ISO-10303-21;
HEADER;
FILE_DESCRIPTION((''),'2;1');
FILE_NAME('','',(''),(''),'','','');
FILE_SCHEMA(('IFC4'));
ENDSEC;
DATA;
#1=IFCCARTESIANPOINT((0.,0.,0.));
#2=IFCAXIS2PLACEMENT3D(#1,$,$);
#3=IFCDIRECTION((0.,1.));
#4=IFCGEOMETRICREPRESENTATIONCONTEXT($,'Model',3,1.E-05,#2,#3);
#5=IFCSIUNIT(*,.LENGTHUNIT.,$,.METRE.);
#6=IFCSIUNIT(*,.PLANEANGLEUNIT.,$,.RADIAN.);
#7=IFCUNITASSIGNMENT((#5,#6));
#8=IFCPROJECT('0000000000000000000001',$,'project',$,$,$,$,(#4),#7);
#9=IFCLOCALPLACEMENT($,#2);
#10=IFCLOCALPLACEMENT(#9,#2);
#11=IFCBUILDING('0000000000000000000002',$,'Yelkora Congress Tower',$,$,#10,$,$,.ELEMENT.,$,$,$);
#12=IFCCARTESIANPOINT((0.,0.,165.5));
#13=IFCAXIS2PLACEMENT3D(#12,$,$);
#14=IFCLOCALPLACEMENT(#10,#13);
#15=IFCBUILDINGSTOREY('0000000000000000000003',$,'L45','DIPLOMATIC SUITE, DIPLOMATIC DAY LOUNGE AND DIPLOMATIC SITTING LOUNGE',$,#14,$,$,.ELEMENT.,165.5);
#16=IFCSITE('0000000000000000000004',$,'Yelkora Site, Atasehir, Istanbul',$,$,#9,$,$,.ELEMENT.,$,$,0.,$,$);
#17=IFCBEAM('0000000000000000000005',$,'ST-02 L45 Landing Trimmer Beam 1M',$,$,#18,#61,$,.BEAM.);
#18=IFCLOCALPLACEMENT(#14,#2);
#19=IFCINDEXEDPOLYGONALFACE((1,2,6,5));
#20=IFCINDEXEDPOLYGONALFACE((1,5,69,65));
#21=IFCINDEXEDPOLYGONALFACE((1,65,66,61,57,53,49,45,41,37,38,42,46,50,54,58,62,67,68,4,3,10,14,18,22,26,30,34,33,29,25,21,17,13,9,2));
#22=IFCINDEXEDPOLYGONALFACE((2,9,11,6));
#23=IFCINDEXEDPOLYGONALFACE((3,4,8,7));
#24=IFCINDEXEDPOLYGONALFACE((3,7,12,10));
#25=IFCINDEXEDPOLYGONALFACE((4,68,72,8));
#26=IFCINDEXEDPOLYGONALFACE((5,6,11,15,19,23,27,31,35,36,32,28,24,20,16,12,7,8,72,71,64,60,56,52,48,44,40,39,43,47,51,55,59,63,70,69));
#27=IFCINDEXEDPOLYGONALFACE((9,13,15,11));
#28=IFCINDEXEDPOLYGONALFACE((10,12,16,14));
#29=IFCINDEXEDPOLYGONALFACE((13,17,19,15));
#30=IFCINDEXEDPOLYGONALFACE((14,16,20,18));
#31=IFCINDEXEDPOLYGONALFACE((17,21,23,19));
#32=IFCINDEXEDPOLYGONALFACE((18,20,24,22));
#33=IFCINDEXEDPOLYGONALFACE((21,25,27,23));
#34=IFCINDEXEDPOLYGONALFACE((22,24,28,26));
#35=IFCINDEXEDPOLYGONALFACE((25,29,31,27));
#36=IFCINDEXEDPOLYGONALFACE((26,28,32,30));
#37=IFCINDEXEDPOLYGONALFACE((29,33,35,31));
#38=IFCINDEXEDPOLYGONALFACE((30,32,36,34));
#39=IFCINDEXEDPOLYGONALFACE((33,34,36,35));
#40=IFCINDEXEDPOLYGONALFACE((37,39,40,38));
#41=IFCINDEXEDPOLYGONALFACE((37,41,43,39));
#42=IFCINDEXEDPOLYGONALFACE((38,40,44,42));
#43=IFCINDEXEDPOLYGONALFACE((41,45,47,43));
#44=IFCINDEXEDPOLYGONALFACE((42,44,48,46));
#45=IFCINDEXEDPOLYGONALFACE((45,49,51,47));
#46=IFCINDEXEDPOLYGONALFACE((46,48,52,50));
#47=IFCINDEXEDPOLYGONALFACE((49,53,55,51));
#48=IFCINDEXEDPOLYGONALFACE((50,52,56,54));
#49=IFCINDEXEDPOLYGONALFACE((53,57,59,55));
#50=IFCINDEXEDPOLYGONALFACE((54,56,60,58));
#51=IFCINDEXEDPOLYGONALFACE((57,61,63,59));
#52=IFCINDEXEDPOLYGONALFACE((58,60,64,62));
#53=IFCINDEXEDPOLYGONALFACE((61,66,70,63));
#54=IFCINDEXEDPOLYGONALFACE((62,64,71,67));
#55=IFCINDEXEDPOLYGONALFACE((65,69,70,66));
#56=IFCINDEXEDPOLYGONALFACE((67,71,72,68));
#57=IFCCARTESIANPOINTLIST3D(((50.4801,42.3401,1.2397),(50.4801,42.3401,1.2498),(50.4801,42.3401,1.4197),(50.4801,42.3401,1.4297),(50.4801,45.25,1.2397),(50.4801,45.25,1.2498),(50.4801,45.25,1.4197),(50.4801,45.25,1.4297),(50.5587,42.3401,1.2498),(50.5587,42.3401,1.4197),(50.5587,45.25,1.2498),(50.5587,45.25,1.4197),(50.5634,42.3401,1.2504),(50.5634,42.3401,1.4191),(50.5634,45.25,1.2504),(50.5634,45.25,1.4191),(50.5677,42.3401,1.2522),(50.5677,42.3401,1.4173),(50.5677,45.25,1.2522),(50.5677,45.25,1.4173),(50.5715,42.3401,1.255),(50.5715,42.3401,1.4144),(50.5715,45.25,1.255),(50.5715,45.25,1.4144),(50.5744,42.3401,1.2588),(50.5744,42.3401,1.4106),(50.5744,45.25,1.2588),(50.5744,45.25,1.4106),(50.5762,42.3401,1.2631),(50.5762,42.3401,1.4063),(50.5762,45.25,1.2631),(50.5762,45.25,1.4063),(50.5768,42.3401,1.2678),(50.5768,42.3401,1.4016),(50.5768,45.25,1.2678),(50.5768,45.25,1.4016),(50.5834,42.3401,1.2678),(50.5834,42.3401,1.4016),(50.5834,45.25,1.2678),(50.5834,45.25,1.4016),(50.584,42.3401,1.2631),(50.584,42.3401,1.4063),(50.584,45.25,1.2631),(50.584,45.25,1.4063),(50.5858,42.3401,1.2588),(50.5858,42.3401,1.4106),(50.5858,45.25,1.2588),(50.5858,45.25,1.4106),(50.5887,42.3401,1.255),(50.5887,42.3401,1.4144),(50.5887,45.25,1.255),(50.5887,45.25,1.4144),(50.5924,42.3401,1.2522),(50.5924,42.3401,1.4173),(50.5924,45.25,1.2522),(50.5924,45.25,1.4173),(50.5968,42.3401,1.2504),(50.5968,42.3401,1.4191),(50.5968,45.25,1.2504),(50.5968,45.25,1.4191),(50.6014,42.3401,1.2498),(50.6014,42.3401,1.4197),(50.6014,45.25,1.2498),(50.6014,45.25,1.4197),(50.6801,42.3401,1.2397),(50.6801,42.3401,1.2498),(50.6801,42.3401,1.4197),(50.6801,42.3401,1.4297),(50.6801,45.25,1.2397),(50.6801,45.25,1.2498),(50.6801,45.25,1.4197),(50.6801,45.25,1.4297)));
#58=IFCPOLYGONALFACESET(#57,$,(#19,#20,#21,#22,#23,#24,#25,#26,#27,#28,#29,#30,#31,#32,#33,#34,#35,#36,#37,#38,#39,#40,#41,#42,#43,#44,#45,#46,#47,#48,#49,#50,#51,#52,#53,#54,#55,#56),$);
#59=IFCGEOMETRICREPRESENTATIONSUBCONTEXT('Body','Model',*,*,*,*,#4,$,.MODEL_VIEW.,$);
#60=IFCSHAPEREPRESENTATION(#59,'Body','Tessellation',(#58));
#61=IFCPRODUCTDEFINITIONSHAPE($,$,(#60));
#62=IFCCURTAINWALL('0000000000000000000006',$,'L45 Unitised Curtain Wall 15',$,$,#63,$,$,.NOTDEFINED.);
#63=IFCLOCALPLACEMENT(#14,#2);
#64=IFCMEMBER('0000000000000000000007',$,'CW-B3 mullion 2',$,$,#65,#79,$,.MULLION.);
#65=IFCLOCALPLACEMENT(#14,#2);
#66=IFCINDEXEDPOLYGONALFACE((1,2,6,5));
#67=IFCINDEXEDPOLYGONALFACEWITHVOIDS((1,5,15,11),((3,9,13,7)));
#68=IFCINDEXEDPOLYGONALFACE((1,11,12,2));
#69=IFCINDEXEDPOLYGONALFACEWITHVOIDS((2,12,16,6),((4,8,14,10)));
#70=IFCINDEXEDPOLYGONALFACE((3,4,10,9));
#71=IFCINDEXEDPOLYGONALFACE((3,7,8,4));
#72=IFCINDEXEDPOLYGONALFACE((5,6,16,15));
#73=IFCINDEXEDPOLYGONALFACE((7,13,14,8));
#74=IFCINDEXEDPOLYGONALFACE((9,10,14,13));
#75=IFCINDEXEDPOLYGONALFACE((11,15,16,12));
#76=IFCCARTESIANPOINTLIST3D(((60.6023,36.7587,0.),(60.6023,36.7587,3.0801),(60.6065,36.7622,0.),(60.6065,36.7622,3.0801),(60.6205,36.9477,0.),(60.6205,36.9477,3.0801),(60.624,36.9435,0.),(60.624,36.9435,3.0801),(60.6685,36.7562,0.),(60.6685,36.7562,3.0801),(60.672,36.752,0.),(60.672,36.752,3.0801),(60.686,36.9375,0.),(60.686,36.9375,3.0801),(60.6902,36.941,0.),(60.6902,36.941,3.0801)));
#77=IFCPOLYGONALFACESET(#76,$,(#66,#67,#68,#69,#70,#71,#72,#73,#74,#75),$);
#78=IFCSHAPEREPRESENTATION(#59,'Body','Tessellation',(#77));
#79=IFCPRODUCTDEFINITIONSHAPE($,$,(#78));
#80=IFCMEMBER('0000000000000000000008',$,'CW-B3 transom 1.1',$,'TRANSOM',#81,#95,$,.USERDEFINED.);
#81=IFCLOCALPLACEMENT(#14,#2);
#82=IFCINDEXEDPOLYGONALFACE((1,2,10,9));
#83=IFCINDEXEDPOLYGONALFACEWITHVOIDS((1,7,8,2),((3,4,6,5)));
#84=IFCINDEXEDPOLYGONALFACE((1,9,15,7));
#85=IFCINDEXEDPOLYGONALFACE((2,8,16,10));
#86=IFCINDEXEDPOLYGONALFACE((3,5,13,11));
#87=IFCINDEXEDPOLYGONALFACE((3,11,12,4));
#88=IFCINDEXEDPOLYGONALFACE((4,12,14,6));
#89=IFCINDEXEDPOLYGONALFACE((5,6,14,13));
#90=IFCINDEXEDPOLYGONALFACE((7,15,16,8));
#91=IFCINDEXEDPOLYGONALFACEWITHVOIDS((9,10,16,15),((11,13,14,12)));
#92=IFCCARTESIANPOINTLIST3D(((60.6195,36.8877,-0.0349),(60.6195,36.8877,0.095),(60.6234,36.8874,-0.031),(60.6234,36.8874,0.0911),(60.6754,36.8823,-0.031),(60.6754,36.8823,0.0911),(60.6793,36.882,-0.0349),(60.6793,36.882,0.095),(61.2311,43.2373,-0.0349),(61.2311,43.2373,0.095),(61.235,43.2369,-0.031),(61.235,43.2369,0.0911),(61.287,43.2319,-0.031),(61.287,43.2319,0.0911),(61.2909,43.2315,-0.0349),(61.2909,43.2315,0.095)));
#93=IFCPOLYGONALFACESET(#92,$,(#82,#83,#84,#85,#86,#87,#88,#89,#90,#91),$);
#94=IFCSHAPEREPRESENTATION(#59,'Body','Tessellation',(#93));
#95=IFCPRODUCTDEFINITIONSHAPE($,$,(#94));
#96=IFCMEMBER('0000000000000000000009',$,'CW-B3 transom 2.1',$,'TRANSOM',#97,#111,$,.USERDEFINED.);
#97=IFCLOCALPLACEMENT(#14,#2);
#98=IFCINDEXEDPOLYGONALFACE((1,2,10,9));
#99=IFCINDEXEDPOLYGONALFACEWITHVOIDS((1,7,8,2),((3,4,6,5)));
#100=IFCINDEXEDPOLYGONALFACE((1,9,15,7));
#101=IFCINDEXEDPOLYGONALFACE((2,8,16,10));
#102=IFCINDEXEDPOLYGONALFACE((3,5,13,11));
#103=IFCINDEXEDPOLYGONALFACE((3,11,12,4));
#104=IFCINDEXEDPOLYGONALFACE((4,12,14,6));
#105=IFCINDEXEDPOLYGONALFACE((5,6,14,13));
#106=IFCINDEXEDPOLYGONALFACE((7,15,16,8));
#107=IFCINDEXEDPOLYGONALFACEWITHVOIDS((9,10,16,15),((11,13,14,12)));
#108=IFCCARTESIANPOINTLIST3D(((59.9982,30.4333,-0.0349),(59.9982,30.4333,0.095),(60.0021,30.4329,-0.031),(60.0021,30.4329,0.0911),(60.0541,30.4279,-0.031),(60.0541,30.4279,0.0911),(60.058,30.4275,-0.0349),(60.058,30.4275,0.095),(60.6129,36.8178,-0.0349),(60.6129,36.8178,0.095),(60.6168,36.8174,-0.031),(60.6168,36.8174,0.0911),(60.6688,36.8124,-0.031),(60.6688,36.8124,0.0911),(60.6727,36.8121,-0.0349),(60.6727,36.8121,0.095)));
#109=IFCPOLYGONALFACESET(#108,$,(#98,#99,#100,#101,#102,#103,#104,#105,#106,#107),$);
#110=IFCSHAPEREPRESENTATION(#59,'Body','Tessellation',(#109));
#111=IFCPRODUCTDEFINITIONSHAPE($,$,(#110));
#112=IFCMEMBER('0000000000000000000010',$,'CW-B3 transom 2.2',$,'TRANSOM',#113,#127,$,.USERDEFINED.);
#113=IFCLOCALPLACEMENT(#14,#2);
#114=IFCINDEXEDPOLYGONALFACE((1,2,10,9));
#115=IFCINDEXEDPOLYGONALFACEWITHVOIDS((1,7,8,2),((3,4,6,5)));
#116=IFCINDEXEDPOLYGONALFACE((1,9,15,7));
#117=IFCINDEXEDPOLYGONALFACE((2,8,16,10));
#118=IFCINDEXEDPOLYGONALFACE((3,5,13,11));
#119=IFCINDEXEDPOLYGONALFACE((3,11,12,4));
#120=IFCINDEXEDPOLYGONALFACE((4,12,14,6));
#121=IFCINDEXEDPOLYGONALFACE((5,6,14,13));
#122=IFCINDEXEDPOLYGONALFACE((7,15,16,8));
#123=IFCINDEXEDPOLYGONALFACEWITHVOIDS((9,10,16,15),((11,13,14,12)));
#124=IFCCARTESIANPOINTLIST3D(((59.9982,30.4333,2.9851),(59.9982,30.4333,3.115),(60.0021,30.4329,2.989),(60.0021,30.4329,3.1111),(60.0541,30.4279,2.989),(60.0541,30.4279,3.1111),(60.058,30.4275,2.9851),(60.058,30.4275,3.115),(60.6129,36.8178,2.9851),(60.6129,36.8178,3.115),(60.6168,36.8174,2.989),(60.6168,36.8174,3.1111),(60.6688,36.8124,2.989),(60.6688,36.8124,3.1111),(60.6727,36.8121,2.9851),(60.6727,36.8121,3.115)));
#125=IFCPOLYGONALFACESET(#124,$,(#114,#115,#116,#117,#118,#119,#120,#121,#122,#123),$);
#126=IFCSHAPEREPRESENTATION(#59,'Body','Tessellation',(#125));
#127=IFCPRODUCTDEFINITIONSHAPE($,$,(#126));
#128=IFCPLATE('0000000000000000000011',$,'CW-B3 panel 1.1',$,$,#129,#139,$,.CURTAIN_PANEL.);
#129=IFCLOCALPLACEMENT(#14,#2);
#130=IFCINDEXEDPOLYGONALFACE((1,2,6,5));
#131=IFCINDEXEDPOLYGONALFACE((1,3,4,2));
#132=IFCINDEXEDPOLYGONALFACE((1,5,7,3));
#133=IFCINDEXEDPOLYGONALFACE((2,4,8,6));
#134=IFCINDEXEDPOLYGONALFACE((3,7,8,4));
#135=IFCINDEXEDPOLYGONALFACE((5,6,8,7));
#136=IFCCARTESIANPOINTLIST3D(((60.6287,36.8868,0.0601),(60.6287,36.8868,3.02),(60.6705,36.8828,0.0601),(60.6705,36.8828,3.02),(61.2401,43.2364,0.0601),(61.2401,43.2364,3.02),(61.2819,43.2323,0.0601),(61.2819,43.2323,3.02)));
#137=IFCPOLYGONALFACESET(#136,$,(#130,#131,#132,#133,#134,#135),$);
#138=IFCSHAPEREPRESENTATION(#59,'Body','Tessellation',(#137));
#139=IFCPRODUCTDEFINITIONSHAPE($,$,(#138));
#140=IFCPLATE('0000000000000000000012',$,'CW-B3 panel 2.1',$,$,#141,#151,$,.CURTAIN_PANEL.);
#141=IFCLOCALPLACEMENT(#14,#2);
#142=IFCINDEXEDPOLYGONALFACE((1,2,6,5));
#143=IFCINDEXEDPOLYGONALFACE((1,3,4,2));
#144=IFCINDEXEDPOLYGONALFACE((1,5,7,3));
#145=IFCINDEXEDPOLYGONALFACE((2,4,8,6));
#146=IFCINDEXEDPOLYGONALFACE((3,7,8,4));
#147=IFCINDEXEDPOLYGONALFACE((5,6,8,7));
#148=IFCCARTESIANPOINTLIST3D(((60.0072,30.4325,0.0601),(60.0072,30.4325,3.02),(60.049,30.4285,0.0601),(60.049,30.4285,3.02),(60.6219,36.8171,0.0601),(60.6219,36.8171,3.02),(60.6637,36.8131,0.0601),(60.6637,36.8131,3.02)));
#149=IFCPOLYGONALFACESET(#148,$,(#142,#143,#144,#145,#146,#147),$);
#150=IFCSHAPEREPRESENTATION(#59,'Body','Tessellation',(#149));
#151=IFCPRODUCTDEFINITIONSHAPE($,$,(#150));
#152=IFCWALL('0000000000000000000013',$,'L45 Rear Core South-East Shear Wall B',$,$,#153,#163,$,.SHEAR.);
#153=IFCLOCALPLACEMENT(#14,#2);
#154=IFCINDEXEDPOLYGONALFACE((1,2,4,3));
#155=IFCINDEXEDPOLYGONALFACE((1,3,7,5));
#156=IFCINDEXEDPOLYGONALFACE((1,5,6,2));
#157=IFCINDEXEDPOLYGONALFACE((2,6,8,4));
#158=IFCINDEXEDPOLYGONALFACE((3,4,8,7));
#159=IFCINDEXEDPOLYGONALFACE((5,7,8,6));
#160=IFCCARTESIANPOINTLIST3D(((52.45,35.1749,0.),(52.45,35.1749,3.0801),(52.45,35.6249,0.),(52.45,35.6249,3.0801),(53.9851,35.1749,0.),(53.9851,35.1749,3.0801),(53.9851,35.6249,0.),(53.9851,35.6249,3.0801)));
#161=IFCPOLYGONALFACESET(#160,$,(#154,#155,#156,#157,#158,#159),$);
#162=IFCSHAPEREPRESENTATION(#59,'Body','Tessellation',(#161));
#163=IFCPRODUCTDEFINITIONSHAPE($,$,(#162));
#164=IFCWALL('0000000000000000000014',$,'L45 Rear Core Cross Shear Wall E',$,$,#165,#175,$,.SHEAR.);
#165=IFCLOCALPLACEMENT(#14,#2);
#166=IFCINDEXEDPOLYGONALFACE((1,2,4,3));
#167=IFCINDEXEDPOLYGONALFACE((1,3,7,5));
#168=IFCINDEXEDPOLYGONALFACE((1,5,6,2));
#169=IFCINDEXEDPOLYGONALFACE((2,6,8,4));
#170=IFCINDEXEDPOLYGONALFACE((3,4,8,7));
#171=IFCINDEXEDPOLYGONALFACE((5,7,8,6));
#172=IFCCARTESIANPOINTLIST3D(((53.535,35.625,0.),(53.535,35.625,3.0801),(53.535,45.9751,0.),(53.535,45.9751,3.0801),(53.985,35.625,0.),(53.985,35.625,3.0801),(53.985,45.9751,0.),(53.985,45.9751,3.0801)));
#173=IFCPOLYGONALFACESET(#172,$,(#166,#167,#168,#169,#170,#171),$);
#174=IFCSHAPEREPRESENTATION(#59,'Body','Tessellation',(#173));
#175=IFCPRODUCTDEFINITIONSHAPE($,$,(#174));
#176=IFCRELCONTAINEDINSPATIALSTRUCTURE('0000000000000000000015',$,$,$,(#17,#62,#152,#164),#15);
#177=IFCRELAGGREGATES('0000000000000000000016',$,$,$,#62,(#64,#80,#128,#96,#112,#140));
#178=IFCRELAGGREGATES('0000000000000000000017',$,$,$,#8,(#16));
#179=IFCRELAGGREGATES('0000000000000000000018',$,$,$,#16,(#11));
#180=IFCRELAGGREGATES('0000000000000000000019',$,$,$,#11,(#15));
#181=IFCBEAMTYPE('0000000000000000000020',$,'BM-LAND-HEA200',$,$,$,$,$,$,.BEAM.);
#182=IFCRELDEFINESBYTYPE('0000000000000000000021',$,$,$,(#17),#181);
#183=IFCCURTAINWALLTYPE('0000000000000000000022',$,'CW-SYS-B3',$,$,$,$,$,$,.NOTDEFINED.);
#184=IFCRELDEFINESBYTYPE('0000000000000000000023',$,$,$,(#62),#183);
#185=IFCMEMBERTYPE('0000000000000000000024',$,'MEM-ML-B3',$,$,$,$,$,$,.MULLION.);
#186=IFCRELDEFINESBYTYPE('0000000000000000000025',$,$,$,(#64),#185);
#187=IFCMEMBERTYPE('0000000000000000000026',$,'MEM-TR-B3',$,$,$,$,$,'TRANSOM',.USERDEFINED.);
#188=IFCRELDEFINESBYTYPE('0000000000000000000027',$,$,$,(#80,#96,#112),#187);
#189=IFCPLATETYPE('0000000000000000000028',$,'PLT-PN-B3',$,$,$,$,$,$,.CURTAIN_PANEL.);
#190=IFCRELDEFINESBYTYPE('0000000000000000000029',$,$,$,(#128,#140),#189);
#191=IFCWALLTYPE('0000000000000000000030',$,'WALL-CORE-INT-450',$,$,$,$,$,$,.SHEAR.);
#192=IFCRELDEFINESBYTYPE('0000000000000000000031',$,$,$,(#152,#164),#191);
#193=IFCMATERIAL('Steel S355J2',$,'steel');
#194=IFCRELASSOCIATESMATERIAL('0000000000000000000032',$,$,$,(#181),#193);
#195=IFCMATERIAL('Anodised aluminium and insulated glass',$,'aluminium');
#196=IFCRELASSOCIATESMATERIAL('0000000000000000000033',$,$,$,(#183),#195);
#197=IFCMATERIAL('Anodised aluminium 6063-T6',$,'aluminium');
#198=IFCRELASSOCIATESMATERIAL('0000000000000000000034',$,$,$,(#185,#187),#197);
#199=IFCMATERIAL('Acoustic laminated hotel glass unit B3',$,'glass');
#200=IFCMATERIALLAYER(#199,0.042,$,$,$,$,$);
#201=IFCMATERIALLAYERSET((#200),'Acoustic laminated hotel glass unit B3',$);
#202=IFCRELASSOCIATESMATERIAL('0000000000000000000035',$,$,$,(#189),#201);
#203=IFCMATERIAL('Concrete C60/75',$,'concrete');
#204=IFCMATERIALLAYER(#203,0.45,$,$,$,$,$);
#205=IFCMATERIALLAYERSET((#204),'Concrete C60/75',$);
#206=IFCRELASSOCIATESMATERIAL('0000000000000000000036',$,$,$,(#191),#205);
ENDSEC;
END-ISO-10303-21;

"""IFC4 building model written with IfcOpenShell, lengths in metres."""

from ifc_helpers import new_model, si_unit, direction, frame, frame_2d, origin, origin_2d, place, context, subcontext, project, spatial, rectangle, hollow_rectangle, i_section, extrude, material, layer, layer_set, material_profile, profile_set, type_object, element, aggregate, save


model = new_model("IFC4")

# Units and contexts
model_context = context("Model", 3, precision=1e-05, world=origin(), true_north=direction((0.0, 1.0)))
body_context = subcontext(model_context, "Body", "Model", "MODEL_VIEW")
ifc_project = project(units=[si_unit("LENGTHUNIT", "METRE"), si_unit("PLANEANGLEUNIT", "RADIAN")], contexts=[model_context])

# Site, building, storey
site_placement = place(None, origin())
site = spatial("IfcSite", under=ifc_project, at=site_placement, Name="Yelkora Site, Atasehir, Istanbul", CompositionType="ELEMENT", RefElevation=0.0)
building_placement = place(site_placement, origin())
building = spatial("IfcBuilding", under=site, at=building_placement, Name="Yelkora Congress Tower", CompositionType="ELEMENT")
storey_placement = place(building_placement, frame((0.0, 0.0, 165.5)))
storey = spatial("IfcBuildingStorey", under=building, at=storey_placement, Name="L45", Description="DIPLOMATIC SUITE, DIPLOMATIC DAY LOUNGE AND DIPLOMATIC SITTING LOUNGE", CompositionType="ELEMENT", Elevation=165.5)

# Beam
ifc_material_1 = material(Name="Steel S355J2", Category="steel")
ifc_material_profile_1 = material_profile(ifc_material_1, i_section(OverallWidth=0.2, OverallDepth=0.1899, WebThickness=0.0066, FlangeThickness=0.01, FilletRadius=0.0181, at=origin_2d()), Name="HEA 200")
ifc_profile_set_1 = profile_set([ifc_material_profile_1], Name="Steel S355J2")
beam_type_1 = type_object("IfcBeamType", Name="BM-LAND-HEA200", PredefinedType="BEAM", material=ifc_profile_set_1)
beam_1_placement = place(storey_placement, frame((50.5801, 42.3401, 1.3347), z_axis=(0.0, 1.0, 0.0), x_axis=(-1.0, 0.0, 0.0)))
element("IfcBeam", 1, at=beam_1_placement, inside=storey, type_object=beam_type_1, Name="ST-02 L45 Landing Trimmer Beam 1M", PredefinedType="BEAM", context=body_context, shape_type="SweptSolid", body=[
    extrude(i_section(OverallWidth=0.2, OverallDepth=0.1899, WebThickness=0.0066, FlangeThickness=0.01, FilletRadius=0.0181, at=origin_2d()), origin(), (0.0, 0.0, 1.0), 2.9099),
])

# Curtain wall, members, plates
ifc_material_2 = material(Name="Anodised aluminium and insulated glass", Category="aluminium")
curtain_wall_type = type_object("IfcCurtainWallType", Name="CW-SYS-B3", PredefinedType="NOTDEFINED", material=ifc_material_2)
curtain_wall_placement = place(storey_placement, origin())
curtain_wall = element("IfcCurtainWall", 2, at=curtain_wall_placement, inside=storey, type_object=curtain_wall_type, Name="L45 Unitised Curtain Wall 15", PredefinedType="NOTDEFINED")
ifc_material_3 = material(Name="Anodised aluminium 6063-T6", Category="aluminium")
ifc_material_profile_2 = material_profile(ifc_material_3, hollow_rectangle(XDim=0.0701, YDim=0.1899, WallThickness=0.0039, at=origin_2d()), Name="ALU 70x190x4")
ifc_profile_set_2 = profile_set([ifc_material_profile_2], Name="Anodised aluminium 6063-T6")
member_type_1 = type_object("IfcMemberType", Name="MEM-ML-B3", PredefinedType="MULLION", material=ifc_profile_set_2)
member_1_placement = place(storey_placement, frame((60.6462, 36.8499, 0.0), z_axis=(0.0, 0.0, 1.0), x_axis=(0.995397, -0.095842, 0.0)))
member_1 = element("IfcMember", 3, at=member_1_placement, type_object=member_type_1, Name="CW-B3 mullion 2", PredefinedType="MULLION", context=body_context, shape_type="SweptSolid", body=[
    extrude(hollow_rectangle(XDim=0.0701, YDim=0.1899, WallThickness=0.0039, at=origin_2d()), origin(), (0.0, 0.0, 1.0), 3.0801),
])
ifc_material_profile_3 = material_profile(ifc_material_3, hollow_rectangle(XDim=0.0601, YDim=0.1299, WallThickness=0.0039, at=origin_2d()), Name="ALU 60x130x4")
ifc_profile_set_3 = profile_set([ifc_material_profile_3], Name="Anodised aluminium 6063-T6")
member_type_2 = type_object("IfcMemberType", Name="MEM-TR-B3", ElementType="TRANSOM", PredefinedType="USERDEFINED", material=ifc_profile_set_3)
member_2_placement = place(storey_placement, frame((61.261, 43.2344, 0.03), z_axis=(-0.095873, -0.995394, 0.0), x_axis=(0.995394, -0.095873, 0.0)))
member_2 = element("IfcMember", 4, at=member_2_placement, type_object=member_type_2, Name="CW-B3 transom 1.1", ObjectType="TRANSOM", PredefinedType="USERDEFINED", context=body_context, shape_type="SweptSolid", body=[
    extrude(hollow_rectangle(XDim=0.0601, YDim=0.1299, WallThickness=0.0039, at=origin_2d()), origin(), (0.0, 0.0, 1.0), 6.3789),
])
member_3_placement = place(storey_placement, frame((60.6428, 36.8149, 0.03), z_axis=(-0.095844, -0.995396, 0.0), x_axis=(0.995396, -0.095844, 0.0)))
member_3 = element("IfcMember", 5, at=member_3_placement, type_object=member_type_2, Name="CW-B3 transom 2.1", ObjectType="TRANSOM", PredefinedType="USERDEFINED", context=body_context, shape_type="SweptSolid", body=[
    extrude(hollow_rectangle(XDim=0.0601, YDim=0.1299, WallThickness=0.0039, at=origin_2d()), origin(), (0.0, 0.0, 1.0), 6.4141),
])
member_4_placement = place(storey_placement, frame((60.6428, 36.8149, 3.05), z_axis=(-0.095844, -0.995396, 0.0), x_axis=(0.995396, -0.095844, 0.0)))
member_4 = element("IfcMember", 6, at=member_4_placement, type_object=member_type_2, Name="CW-B3 transom 2.2", ObjectType="TRANSOM", PredefinedType="USERDEFINED", context=body_context, shape_type="SweptSolid", body=[
    extrude(hollow_rectangle(XDim=0.0601, YDim=0.1299, WallThickness=0.0039, at=origin_2d()), origin(), (0.0, 0.0, 1.0), 6.4141),
])
ifc_material_4 = material(Name="Acoustic laminated hotel glass unit B3", Category="glass")
ifc_layer_1 = layer(ifc_material_4, 0.042)
ifc_layer_set_1 = layer_set([ifc_layer_1], Name="Acoustic laminated hotel glass unit B3")
plate_type = type_object("IfcPlateType", Name="PLT-PN-B3", PredefinedType="CURTAIN_PANEL", material=ifc_layer_set_1)
plate_1_placement = place(storey_placement, frame((60.9553, 40.0596, 0.0601), z_axis=(0.0, 0.0, 1.0), x_axis=(-0.095842, -0.995397, 0.0)))
plate_1 = element("IfcPlate", 7, at=plate_1_placement, type_object=plate_type, Name="CW-B3 panel 1.1", PredefinedType="CURTAIN_PANEL", context=body_context, shape_type="SweptSolid", body=[
    extrude(rectangle(XDim=6.3789, YDim=0.042, at=origin_2d()), origin(), (0.0, 0.0, 1.0), 2.96),
])
plate_2_placement = place(storey_placement, frame((60.3354, 33.6228, 0.0601), z_axis=(0.0, 0.0, 1.0), x_axis=(-0.095842, -0.995397, 0.0)))
plate_2 = element("IfcPlate", 8, at=plate_2_placement, type_object=plate_type, Name="CW-B3 panel 2.1", PredefinedType="CURTAIN_PANEL", context=body_context, shape_type="SweptSolid", body=[
    extrude(rectangle(XDim=6.4141, YDim=0.042, at=origin_2d()), origin(), (0.0, 0.0, 1.0), 2.96),
])
aggregate(curtain_wall, [member_1, member_2, plate_1, member_3, member_4, plate_2])

# Walls
ifc_material_5 = material(Name="Concrete C60/75", Category="concrete")
ifc_layer_2 = layer(ifc_material_5, 0.45)
ifc_layer_set_2 = layer_set([ifc_layer_2], Name="Concrete C60/75")
wall_type = type_object("IfcWallType", Name="WALL-CORE-INT-450", PredefinedType="SHEAR", material=ifc_layer_set_2)
wall_1_placement = place(storey_placement, frame((52.45, 35.3999, 0.0), z_axis=(0.0, 0.0, 1.0), x_axis=(1.0, 0.0, 0.0)))
element("IfcWall", 9, at=wall_1_placement, inside=storey, type_object=wall_type, Name="L45 Rear Core South-East Shear Wall B", PredefinedType="SHEAR", context=body_context, shape_type="SweptSolid", body=[
    extrude(rectangle(XDim=1.5352, YDim=0.45, at=frame_2d((0.7676, 0.0))), origin(), (0.0, 0.0, 1.0), 3.0801),
])
wall_2_placement = place(storey_placement, frame((53.76, 35.625, 0.0), z_axis=(0.0, 0.0, 1.0), x_axis=(0.0, 1.0, 0.0)))
element("IfcWall", 10, at=wall_2_placement, inside=storey, type_object=wall_type, Name="L45 Rear Core Cross Shear Wall E", PredefinedType="SHEAR", context=body_context, shape_type="SweptSolid", body=[
    extrude(rectangle(XDim=10.3501, YDim=0.45, at=frame_2d((5.175, 0.0))), origin(), (0.0, 0.0, 1.0), 3.0801),
])

save(model, "model.ifc")
